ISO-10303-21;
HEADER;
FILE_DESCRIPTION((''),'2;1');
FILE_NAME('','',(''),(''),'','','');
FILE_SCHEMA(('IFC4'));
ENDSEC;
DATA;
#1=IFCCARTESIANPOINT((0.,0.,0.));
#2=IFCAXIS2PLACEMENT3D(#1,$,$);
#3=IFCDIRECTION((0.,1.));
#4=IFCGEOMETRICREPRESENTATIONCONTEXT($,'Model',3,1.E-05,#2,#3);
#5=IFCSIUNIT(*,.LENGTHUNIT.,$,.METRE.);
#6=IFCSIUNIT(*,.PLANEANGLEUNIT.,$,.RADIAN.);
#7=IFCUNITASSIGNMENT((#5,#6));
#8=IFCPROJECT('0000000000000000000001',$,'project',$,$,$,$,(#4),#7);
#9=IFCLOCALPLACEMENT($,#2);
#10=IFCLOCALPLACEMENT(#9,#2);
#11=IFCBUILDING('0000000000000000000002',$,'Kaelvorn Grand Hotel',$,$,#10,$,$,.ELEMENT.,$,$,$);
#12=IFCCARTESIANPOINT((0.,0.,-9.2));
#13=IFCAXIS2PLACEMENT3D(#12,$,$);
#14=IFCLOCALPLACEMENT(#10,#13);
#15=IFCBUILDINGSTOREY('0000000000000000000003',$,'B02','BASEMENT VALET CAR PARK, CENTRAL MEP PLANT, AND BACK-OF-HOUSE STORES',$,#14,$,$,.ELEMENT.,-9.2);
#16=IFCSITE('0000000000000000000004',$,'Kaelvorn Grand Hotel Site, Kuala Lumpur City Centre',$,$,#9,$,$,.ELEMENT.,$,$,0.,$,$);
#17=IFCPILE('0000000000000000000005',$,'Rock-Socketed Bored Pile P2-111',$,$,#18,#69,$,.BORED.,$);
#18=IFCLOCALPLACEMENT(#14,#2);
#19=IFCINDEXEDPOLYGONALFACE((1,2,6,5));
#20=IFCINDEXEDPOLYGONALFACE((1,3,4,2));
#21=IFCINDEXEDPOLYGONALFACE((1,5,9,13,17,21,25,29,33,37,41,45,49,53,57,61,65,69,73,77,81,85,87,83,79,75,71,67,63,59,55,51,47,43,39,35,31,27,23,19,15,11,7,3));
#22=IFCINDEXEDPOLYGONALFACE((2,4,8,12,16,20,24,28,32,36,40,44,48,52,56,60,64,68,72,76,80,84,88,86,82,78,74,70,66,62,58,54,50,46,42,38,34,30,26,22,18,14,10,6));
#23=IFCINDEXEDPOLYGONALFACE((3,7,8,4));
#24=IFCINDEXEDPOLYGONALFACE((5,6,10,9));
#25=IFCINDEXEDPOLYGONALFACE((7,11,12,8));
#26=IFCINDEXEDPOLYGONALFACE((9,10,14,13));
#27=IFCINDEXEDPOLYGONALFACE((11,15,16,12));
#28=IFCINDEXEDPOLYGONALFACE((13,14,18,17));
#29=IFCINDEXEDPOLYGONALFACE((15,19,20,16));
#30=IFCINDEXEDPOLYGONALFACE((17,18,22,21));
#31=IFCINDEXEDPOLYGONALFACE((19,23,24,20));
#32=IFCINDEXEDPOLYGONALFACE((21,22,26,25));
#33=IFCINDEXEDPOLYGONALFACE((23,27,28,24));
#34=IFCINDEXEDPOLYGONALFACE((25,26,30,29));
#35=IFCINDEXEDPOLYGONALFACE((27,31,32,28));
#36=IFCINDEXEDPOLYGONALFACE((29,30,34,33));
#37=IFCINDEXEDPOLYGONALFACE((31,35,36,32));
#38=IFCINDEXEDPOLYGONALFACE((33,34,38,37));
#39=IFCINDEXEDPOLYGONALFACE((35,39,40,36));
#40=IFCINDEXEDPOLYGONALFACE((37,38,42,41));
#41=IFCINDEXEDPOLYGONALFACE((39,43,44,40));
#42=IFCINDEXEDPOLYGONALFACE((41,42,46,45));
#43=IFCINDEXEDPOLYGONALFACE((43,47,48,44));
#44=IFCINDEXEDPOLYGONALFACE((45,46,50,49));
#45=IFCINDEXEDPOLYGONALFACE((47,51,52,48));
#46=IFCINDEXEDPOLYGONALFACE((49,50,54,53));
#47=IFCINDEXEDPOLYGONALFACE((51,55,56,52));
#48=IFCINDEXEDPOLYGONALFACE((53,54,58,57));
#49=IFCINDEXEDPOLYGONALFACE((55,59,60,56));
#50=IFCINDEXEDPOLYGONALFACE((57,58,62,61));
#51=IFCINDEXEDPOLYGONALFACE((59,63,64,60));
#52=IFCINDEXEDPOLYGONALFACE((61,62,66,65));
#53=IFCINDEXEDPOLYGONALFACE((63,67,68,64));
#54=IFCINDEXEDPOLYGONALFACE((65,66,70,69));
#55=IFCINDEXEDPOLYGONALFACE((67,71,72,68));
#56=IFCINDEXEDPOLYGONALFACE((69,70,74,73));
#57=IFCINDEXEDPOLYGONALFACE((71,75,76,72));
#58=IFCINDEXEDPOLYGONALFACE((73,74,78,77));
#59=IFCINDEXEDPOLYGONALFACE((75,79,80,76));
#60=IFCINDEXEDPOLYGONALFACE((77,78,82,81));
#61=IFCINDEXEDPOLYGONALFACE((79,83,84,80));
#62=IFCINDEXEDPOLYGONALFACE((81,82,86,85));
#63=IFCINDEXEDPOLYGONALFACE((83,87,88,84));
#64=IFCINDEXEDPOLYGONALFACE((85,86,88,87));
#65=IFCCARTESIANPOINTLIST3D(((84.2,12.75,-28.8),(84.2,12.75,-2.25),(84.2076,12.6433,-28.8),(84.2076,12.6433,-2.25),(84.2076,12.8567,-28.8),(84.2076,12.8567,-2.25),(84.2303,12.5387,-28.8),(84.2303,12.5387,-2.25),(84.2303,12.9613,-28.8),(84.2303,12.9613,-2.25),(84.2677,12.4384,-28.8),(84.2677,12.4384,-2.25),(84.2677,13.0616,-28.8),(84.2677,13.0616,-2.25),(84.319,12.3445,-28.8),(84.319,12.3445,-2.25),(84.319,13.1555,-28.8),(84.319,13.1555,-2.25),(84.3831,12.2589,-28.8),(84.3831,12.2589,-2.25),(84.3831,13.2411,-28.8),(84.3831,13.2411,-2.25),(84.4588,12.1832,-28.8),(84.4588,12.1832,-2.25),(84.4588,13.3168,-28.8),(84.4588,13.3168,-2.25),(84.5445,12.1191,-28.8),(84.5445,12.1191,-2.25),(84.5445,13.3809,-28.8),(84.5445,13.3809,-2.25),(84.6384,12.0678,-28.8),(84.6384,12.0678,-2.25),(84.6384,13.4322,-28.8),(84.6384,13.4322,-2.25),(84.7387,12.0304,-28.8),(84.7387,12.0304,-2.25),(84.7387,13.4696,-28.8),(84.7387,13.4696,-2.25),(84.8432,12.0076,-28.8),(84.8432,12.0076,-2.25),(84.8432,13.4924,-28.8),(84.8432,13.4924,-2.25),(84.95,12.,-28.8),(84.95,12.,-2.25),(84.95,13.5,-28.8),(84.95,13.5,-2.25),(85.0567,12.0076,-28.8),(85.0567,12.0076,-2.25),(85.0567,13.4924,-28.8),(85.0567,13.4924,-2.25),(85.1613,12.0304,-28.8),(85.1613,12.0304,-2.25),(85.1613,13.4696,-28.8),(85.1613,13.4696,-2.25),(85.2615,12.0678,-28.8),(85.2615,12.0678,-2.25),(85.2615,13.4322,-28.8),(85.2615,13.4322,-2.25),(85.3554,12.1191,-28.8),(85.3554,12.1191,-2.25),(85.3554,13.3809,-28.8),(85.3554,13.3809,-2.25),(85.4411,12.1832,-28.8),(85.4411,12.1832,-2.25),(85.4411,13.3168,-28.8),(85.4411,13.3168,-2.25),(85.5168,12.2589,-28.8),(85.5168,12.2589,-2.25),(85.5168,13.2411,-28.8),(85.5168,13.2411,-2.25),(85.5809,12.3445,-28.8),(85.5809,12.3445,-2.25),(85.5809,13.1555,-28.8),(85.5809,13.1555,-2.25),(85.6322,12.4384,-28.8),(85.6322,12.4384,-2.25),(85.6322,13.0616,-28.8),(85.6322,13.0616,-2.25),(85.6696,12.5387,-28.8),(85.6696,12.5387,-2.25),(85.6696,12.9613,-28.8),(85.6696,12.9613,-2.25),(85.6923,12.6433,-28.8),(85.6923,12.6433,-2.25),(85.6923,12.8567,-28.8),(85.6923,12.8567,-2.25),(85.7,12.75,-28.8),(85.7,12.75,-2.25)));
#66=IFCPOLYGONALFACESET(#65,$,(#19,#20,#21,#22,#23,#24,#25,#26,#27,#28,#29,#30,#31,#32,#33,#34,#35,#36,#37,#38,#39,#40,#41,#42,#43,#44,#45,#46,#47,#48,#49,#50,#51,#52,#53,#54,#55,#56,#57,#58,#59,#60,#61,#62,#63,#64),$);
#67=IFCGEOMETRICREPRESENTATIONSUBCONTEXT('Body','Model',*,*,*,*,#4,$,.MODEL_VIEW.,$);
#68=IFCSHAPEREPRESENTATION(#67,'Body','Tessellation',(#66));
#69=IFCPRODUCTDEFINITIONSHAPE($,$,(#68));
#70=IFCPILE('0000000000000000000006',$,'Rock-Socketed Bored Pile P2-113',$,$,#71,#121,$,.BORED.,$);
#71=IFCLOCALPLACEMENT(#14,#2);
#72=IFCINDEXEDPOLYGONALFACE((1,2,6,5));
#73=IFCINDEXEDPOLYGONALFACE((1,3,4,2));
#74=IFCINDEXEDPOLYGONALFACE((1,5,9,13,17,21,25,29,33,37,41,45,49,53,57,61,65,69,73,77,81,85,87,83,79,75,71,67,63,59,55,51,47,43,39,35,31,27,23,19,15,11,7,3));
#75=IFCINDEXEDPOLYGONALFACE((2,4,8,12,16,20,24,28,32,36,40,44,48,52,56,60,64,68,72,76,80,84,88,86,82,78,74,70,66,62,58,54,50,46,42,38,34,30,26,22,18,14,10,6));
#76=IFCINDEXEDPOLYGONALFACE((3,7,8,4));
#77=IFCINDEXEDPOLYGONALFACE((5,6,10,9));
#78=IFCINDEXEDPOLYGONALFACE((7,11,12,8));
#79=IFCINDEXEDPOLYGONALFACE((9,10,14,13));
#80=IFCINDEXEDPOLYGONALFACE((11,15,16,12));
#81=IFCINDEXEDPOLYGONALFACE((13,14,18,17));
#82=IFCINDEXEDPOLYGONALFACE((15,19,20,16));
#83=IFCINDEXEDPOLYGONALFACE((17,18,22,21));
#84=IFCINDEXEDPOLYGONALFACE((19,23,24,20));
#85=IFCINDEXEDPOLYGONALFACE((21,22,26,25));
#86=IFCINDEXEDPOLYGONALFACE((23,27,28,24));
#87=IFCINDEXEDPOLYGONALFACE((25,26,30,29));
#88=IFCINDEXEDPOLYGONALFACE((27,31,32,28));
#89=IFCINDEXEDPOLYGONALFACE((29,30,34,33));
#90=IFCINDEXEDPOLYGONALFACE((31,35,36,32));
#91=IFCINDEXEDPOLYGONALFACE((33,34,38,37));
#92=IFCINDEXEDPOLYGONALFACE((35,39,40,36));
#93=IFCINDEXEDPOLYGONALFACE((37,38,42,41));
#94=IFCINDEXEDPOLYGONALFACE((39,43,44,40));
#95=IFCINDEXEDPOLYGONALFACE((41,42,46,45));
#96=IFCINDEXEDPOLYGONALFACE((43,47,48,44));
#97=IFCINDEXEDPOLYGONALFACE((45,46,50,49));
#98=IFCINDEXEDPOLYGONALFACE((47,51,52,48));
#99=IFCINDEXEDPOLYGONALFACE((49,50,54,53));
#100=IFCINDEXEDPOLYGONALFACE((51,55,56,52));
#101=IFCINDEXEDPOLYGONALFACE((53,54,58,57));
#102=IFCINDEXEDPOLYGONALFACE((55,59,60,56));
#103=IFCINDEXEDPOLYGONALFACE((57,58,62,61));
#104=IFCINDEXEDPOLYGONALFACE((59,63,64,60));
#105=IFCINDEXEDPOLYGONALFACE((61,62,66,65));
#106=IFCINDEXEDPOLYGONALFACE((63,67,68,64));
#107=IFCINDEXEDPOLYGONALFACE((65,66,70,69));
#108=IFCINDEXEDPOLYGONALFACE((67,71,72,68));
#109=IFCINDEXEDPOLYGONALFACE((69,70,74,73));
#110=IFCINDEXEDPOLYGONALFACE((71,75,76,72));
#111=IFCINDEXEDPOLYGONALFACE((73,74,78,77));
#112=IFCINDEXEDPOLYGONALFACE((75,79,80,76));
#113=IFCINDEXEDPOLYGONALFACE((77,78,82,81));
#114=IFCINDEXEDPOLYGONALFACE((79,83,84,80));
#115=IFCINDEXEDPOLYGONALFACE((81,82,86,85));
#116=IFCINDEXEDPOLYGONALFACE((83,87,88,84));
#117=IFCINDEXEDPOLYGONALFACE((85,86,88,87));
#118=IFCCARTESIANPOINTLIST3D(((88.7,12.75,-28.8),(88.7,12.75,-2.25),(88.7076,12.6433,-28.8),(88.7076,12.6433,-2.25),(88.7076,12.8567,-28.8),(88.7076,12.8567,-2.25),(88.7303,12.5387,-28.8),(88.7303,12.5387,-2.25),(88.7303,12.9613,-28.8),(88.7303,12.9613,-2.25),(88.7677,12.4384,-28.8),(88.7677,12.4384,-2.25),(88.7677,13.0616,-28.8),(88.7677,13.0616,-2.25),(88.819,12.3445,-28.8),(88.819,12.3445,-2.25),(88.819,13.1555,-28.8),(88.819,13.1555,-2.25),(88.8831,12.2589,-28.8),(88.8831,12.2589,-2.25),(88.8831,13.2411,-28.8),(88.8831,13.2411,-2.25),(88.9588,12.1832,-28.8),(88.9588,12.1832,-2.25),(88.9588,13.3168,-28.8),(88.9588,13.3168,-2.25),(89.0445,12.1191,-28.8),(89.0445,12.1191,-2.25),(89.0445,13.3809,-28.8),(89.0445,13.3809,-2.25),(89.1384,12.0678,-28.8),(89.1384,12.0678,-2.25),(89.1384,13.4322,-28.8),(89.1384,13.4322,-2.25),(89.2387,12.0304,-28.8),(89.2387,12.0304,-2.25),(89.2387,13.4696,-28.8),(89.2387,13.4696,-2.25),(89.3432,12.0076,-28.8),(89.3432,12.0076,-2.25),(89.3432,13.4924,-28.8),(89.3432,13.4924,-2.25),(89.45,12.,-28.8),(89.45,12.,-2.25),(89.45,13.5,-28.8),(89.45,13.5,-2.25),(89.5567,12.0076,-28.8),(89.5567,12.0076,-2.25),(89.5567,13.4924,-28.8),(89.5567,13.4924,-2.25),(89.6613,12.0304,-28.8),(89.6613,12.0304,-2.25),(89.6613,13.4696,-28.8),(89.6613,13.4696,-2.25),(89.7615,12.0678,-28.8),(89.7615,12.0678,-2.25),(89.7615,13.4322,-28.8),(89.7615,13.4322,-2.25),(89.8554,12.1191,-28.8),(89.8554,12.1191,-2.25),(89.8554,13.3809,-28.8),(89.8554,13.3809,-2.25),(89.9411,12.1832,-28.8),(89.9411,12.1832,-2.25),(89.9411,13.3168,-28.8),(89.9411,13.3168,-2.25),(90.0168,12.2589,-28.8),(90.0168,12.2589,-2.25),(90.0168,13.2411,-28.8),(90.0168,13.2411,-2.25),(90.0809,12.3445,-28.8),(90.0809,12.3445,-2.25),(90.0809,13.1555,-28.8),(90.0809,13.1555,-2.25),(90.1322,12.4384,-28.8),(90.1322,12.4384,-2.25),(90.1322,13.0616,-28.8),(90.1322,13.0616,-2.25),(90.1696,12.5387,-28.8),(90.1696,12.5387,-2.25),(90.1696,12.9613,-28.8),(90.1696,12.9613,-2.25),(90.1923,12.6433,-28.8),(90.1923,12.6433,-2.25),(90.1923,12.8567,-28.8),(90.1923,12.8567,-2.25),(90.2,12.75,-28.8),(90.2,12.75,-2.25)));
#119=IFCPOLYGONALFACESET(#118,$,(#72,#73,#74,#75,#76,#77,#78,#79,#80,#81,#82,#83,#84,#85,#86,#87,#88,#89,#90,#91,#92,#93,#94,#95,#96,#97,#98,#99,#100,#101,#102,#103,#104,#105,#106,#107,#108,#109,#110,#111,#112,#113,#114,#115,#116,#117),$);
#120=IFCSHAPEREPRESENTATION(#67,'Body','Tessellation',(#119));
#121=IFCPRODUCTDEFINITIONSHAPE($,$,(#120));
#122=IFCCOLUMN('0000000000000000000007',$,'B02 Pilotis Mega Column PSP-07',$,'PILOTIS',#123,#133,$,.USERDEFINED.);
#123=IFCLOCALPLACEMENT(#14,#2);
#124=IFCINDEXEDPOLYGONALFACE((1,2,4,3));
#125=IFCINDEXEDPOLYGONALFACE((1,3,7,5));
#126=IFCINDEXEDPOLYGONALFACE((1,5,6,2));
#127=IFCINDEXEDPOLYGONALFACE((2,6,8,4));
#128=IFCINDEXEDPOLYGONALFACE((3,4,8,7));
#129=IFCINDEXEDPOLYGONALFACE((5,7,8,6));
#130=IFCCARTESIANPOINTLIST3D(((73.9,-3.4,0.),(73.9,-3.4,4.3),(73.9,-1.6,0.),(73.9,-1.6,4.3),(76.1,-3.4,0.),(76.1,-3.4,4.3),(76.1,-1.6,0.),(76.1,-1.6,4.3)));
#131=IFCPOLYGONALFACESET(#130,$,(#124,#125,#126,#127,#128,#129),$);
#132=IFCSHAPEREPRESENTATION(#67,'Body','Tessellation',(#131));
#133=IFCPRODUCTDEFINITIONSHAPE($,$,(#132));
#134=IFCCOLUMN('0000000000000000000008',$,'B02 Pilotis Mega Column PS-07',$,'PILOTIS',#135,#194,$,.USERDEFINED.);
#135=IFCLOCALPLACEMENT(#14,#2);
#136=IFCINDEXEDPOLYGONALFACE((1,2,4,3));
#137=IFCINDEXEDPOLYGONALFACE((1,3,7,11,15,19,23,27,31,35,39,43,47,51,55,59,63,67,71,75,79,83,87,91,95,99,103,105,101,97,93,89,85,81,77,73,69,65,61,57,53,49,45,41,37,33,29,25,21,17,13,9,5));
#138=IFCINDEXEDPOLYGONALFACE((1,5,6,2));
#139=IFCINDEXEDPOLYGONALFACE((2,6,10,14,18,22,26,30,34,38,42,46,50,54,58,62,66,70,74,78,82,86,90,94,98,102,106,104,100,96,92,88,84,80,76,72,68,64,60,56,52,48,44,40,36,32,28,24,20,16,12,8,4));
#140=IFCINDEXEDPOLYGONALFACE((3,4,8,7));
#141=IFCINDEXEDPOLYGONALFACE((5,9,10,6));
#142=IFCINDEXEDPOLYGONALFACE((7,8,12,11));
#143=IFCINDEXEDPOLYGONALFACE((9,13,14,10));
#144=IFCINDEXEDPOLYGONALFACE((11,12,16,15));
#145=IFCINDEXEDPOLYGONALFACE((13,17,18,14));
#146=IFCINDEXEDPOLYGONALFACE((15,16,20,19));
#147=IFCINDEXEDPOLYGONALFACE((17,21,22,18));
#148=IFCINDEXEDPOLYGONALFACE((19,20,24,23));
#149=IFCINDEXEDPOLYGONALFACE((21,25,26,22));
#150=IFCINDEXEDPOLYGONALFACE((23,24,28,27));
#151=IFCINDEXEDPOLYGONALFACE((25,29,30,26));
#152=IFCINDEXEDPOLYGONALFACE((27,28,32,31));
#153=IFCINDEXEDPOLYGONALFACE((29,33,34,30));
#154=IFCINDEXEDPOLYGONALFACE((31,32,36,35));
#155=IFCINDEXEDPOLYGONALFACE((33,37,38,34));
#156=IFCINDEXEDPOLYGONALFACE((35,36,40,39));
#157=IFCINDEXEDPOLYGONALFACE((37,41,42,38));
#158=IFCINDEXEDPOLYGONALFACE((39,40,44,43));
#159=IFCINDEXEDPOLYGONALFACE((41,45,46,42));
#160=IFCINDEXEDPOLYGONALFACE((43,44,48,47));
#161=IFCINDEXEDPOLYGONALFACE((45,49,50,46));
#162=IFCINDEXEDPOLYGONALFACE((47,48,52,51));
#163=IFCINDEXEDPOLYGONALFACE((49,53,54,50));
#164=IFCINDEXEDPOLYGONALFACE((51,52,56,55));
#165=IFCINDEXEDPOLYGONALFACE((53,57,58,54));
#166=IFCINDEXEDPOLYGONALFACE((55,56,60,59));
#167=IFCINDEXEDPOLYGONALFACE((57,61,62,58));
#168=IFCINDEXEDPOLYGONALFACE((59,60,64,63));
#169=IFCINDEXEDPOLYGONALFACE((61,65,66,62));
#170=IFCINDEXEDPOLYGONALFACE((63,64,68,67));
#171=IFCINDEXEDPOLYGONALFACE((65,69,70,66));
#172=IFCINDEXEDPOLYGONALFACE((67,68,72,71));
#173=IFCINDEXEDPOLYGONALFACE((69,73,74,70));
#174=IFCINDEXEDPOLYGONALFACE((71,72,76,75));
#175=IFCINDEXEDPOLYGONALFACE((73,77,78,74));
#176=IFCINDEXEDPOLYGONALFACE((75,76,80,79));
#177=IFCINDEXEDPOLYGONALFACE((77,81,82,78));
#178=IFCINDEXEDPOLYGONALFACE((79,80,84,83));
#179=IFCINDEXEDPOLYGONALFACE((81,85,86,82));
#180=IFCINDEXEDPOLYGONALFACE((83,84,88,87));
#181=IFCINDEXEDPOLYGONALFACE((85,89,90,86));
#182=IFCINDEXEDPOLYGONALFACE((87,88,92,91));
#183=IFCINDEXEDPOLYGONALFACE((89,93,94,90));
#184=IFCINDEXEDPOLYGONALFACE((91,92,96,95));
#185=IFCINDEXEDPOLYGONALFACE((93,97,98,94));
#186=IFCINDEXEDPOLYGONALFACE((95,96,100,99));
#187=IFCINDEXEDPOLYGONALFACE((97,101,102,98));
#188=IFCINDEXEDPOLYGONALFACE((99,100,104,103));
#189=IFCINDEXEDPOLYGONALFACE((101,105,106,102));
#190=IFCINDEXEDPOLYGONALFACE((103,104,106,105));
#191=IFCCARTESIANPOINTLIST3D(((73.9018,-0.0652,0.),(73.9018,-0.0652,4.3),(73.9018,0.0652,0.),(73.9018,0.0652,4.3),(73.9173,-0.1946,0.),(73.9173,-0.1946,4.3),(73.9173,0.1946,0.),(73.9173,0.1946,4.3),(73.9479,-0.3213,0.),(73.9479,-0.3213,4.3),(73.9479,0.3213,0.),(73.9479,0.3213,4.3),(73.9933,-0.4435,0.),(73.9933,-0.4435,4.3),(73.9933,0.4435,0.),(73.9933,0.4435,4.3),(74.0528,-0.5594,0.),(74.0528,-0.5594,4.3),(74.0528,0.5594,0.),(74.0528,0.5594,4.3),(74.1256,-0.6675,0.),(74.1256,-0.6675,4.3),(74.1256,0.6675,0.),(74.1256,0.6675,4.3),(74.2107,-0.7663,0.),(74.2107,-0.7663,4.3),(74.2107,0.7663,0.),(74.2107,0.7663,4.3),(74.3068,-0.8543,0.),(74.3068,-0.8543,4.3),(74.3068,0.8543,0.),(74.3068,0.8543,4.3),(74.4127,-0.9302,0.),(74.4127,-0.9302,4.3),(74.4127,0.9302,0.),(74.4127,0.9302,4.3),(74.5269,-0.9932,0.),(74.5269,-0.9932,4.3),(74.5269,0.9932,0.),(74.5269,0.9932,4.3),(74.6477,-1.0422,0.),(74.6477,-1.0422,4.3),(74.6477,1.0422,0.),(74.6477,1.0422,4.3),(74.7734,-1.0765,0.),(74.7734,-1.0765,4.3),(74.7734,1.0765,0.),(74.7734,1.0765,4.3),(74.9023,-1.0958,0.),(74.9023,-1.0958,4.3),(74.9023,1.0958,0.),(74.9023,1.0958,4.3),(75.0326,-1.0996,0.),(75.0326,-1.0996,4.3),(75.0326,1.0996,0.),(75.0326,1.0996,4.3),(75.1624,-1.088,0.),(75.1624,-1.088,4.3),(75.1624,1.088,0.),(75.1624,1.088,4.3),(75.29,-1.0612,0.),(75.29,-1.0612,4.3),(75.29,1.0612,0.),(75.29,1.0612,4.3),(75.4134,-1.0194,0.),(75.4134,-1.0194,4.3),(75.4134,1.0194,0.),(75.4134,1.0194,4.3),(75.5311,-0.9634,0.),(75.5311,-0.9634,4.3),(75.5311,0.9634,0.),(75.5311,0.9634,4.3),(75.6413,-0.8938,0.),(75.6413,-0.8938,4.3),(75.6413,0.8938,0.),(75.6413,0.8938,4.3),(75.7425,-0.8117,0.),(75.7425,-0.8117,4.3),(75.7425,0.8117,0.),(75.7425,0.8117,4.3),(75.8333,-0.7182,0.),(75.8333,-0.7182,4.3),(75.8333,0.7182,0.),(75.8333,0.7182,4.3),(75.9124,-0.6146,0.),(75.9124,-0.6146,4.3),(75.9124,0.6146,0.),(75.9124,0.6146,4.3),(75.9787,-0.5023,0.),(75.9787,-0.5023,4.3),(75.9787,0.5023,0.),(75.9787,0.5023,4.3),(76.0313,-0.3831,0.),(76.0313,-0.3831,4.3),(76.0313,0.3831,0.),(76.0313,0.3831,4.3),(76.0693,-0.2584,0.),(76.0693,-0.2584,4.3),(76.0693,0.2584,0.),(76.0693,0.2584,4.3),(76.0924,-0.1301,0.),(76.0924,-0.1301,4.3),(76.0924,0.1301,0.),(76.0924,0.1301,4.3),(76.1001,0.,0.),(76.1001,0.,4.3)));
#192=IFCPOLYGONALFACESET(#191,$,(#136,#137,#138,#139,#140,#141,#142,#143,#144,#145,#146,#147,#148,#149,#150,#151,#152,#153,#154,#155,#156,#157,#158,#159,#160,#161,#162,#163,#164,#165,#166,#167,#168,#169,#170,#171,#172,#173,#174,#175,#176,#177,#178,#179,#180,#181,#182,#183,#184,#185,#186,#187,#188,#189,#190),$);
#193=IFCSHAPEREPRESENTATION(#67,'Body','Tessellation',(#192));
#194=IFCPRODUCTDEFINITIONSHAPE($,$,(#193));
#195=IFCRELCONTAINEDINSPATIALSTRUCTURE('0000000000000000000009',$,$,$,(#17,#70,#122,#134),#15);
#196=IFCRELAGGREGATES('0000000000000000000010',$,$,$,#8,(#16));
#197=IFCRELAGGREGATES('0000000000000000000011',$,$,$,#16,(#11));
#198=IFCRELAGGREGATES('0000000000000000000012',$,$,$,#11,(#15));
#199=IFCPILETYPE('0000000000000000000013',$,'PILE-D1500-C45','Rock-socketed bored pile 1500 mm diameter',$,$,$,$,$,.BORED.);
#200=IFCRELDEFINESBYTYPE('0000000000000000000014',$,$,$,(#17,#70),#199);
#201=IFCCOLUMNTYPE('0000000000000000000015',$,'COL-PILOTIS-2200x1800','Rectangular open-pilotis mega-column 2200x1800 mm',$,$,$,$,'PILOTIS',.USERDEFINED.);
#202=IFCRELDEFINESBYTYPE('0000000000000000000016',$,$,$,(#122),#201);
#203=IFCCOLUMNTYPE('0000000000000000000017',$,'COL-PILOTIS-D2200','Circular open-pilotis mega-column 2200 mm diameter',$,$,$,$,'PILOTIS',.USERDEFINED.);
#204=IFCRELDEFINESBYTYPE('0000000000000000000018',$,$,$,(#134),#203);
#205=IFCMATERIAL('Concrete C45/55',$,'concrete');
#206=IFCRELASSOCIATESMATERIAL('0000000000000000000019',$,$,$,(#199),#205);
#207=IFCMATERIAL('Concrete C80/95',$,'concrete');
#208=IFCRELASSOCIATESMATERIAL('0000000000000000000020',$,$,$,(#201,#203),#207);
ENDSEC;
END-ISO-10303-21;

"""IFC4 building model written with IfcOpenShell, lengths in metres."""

from ifc_helpers import new_model, si_unit, direction, frame, origin, origin_2d, place, context, subcontext, project, spatial, rectangle, circle, extrude, material, material_profile, profile_set, type_object, element, save


model = new_model("IFC4")

# Units and contexts
model_context = context("Model", 3, precision=1e-05, world=origin(), true_north=direction((0.0, 1.0)))
body_context = subcontext(model_context, "Body", "Model", "MODEL_VIEW")
ifc_project = project(units=[si_unit("LENGTHUNIT", "METRE"), si_unit("PLANEANGLEUNIT", "RADIAN")], contexts=[model_context])

# Site, building, storey
site_placement = place(None, origin())
site = spatial("IfcSite", under=ifc_project, at=site_placement, Name="Kaelvorn Grand Hotel Site, Kuala Lumpur City Centre", CompositionType="ELEMENT", RefElevation=0.0)
building_placement = place(site_placement, origin())
building = spatial("IfcBuilding", under=site, at=building_placement, Name="Kaelvorn Grand Hotel", CompositionType="ELEMENT")
storey_placement = place(building_placement, frame((0.0, 0.0, -9.2)))
storey = spatial("IfcBuildingStorey", under=building, at=storey_placement, Name="B02", Description="BASEMENT VALET CAR PARK, CENTRAL MEP PLANT, AND BACK-OF-HOUSE STORES", CompositionType="ELEMENT", Elevation=-9.2)

# Piles
ifc_material_1 = material(Name="Concrete C45/55", Category="concrete")
ifc_material_profile_1 = material_profile(ifc_material_1, circle(Radius=0.75, at=origin_2d()), Name="BORED PILE D1500")
ifc_profile_set_1 = profile_set([ifc_material_profile_1], Name="Concrete C45/55")
pile_type = type_object("IfcPileType", Name="PILE-D1500-C45", Description="Rock-socketed bored pile 1500 mm diameter", PredefinedType="BORED", material=ifc_profile_set_1)
for number, where, z_axis, x_axis, name in (
    (1, (84.95, 12.75, -2.25), (0.0, 0.0, -1.0), (1.0, 0.0, 0.0), "Rock-Socketed Bored Pile P2-111"),
    (2, (89.45, 12.75, -2.25), (0.0, 0.0, -1.0), (1.0, 0.0, 0.0), "Rock-Socketed Bored Pile P2-113"),
):
    element("IfcPile", number, at=place(storey_placement, frame(where, z_axis=z_axis, x_axis=x_axis)), inside=storey, type_object=pile_type, Name=name, PredefinedType="BORED", context=body_context, shape_type="SweptSolid", body=[
        extrude(circle(Radius=0.75, at=origin_2d()), origin(), (0.0, 0.0, 1.0), 26.55),
    ])

# Columns
ifc_material_2 = material(Name="Concrete C80/95", Category="concrete")
ifc_material_profile_2 = material_profile(ifc_material_2, rectangle(XDim=2.2, YDim=1.8, at=origin_2d()), Name="PILOTIS 2200x1800")
ifc_profile_set_2 = profile_set([ifc_material_profile_2], Name="Concrete C80/95")
column_type_1 = type_object("IfcColumnType", Name="COL-PILOTIS-2200x1800", Description="Rectangular open-pilotis mega-column 2200x1800 mm", ElementType="PILOTIS", PredefinedType="USERDEFINED", material=ifc_profile_set_2)
column_placement = place(storey_placement, frame((75.0, -2.5, 0.0), z_axis=(0.0, 0.0, 1.0), x_axis=(1.0, 0.0, 0.0)))
element("IfcColumn", 3, at=column_placement, inside=storey, type_object=column_type_1, Name="B02 Pilotis Mega Column PSP-07", ObjectType="PILOTIS", PredefinedType="USERDEFINED", context=body_context, shape_type="SweptSolid", body=[
    extrude(rectangle(XDim=2.2, YDim=1.8, at=origin_2d()), origin(), (0.0, 0.0, 1.0), 4.3),
])
ifc_material_profile_3 = material_profile(ifc_material_2, circle(Radius=1.1001, at=origin_2d()), Name="PILOTIS D2200")
ifc_profile_set_3 = profile_set([ifc_material_profile_3], Name="Concrete C80/95")
column_type_2 = type_object("IfcColumnType", Name="COL-PILOTIS-D2200", Description="Circular open-pilotis mega-column 2200 mm diameter", ElementType="PILOTIS", PredefinedType="USERDEFINED", material=ifc_profile_set_3)
for number, where, z_axis, x_axis, name in (
    (4, (75.0, 0.0, 0.0), (0.0, 0.0, 1.0), (1.0, 0.0, 0.0), "B02 Pilotis Mega Column PS-07"),
):
    element("IfcColumn", number, at=place(storey_placement, frame(where, z_axis=z_axis, x_axis=x_axis)), inside=storey, type_object=column_type_2, Name=name, ObjectType="PILOTIS", PredefinedType="USERDEFINED", context=body_context, shape_type="SweptSolid", body=[
        extrude(circle(Radius=1.1001, at=origin_2d()), origin(), (0.0, 0.0, 1.0), 4.3),
    ])

save(model, "model.ifc")
